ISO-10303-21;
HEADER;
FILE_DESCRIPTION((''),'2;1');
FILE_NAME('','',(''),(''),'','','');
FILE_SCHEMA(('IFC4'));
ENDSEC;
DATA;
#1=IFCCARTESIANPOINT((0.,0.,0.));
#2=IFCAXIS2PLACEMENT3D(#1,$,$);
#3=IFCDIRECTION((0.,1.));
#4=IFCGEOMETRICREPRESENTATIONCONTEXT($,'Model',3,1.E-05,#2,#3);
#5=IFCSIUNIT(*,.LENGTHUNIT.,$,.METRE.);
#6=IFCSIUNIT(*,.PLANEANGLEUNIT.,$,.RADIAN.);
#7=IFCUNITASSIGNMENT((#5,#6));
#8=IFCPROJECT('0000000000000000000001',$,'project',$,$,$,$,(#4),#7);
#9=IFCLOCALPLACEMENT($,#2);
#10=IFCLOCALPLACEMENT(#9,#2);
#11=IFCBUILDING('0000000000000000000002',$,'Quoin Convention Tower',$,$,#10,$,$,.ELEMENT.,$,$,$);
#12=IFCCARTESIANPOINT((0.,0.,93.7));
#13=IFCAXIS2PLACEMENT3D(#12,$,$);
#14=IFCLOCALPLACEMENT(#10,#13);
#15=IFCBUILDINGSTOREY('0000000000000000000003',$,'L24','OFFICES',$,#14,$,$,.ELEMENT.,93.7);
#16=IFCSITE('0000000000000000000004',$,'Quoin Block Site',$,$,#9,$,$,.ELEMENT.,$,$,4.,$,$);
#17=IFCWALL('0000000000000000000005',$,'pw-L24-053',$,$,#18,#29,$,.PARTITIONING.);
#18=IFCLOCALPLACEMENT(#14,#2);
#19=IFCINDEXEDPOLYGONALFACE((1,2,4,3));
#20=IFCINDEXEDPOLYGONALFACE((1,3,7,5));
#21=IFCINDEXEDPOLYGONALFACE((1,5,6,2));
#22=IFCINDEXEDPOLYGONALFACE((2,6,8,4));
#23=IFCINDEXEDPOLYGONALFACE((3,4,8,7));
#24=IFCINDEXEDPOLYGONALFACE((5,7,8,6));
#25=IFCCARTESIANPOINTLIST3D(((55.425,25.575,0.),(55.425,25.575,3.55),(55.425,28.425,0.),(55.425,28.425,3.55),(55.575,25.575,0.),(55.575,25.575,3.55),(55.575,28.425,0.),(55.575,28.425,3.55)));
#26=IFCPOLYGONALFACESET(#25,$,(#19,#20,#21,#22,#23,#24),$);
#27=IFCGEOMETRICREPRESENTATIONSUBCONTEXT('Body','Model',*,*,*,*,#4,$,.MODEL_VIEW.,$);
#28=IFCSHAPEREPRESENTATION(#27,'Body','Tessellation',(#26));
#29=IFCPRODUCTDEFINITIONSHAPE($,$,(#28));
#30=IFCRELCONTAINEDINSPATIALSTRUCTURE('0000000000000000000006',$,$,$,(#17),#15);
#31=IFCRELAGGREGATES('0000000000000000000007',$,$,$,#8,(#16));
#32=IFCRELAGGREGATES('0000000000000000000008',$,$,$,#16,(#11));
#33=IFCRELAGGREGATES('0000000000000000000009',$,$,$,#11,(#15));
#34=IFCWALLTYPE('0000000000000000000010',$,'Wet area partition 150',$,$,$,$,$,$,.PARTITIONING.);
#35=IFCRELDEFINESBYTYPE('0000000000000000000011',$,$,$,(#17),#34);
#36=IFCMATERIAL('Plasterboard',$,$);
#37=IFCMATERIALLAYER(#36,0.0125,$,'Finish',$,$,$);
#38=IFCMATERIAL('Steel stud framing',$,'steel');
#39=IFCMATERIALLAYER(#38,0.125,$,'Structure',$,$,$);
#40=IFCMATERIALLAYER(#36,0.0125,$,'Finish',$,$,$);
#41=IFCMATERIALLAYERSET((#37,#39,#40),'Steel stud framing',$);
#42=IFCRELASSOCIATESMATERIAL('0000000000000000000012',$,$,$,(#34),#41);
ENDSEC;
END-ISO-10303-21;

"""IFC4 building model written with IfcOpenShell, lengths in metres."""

from ifc_helpers import new_model, si_unit, direction, frame, frame_2d, origin, place, context, subcontext, project, spatial, rectangle, extrude, material, layer, layer_set, type_object, element, save


model = new_model("IFC4")

# Units and contexts
model_context = context("Model", 3, precision=1e-05, world=origin(), true_north=direction((0.0, 1.0)))
body_context = subcontext(model_context, "Body", "Model", "MODEL_VIEW")
ifc_project = project(units=[si_unit("LENGTHUNIT", "METRE"), si_unit("PLANEANGLEUNIT", "RADIAN")], contexts=[model_context])

# Site, building, storey
site_placement = place(None, origin())
site = spatial("IfcSite", under=ifc_project, at=site_placement, Name="Quoin Block Site", CompositionType="ELEMENT", RefElevation=4.0)
building_placement = place(site_placement, origin())
building = spatial("IfcBuilding", under=site, at=building_placement, Name="Quoin Convention Tower", CompositionType="ELEMENT")
storey_placement = place(building_placement, frame((0.0, 0.0, 93.7)))
storey = spatial("IfcBuildingStorey", under=building, at=storey_placement, Name="L24", Description="OFFICES", CompositionType="ELEMENT", Elevation=93.7)

# Shared definitions
ifc_material_1 = material(Name="Plasterboard")
ifc_material_2 = material(Name="Steel stud framing", Category="steel")

# Shared definitions
ifc_layer_1 = layer(ifc_material_1, 0.0125, Name="Finish")
ifc_layer_2 = layer(ifc_material_2, 0.125, Name="Structure")
ifc_layer_3 = layer(ifc_material_1, 0.0125, Name="Finish")
ifc_layer_set_1 = layer_set([ifc_layer_1, ifc_layer_2, ifc_layer_3], Name="Steel stud framing")
wall_type_1 = type_object("IfcWallType", Name="Wet area partition 150", PredefinedType="PARTITIONING", material=ifc_layer_set_1)

# Wall
wall_1_placement = place(storey_placement, frame((55.5, 25.575, 0.0), z_axis=(0.0, 0.0, 1.0), x_axis=(0.0, 1.0, 0.0)))
element("IfcWall", 1, at=wall_1_placement, inside=storey, type_object=wall_type_1, Name="pw-L24-053", PredefinedType="PARTITIONING", context=body_context, shape_type="SweptSolid", body=[
    extrude(rectangle(XDim=2.8501, YDim=0.1499, at=frame_2d((1.425, 0.0))), origin(), (0.0, 0.0, 1.0), 3.55),
])

save(model, "model.ifc")
